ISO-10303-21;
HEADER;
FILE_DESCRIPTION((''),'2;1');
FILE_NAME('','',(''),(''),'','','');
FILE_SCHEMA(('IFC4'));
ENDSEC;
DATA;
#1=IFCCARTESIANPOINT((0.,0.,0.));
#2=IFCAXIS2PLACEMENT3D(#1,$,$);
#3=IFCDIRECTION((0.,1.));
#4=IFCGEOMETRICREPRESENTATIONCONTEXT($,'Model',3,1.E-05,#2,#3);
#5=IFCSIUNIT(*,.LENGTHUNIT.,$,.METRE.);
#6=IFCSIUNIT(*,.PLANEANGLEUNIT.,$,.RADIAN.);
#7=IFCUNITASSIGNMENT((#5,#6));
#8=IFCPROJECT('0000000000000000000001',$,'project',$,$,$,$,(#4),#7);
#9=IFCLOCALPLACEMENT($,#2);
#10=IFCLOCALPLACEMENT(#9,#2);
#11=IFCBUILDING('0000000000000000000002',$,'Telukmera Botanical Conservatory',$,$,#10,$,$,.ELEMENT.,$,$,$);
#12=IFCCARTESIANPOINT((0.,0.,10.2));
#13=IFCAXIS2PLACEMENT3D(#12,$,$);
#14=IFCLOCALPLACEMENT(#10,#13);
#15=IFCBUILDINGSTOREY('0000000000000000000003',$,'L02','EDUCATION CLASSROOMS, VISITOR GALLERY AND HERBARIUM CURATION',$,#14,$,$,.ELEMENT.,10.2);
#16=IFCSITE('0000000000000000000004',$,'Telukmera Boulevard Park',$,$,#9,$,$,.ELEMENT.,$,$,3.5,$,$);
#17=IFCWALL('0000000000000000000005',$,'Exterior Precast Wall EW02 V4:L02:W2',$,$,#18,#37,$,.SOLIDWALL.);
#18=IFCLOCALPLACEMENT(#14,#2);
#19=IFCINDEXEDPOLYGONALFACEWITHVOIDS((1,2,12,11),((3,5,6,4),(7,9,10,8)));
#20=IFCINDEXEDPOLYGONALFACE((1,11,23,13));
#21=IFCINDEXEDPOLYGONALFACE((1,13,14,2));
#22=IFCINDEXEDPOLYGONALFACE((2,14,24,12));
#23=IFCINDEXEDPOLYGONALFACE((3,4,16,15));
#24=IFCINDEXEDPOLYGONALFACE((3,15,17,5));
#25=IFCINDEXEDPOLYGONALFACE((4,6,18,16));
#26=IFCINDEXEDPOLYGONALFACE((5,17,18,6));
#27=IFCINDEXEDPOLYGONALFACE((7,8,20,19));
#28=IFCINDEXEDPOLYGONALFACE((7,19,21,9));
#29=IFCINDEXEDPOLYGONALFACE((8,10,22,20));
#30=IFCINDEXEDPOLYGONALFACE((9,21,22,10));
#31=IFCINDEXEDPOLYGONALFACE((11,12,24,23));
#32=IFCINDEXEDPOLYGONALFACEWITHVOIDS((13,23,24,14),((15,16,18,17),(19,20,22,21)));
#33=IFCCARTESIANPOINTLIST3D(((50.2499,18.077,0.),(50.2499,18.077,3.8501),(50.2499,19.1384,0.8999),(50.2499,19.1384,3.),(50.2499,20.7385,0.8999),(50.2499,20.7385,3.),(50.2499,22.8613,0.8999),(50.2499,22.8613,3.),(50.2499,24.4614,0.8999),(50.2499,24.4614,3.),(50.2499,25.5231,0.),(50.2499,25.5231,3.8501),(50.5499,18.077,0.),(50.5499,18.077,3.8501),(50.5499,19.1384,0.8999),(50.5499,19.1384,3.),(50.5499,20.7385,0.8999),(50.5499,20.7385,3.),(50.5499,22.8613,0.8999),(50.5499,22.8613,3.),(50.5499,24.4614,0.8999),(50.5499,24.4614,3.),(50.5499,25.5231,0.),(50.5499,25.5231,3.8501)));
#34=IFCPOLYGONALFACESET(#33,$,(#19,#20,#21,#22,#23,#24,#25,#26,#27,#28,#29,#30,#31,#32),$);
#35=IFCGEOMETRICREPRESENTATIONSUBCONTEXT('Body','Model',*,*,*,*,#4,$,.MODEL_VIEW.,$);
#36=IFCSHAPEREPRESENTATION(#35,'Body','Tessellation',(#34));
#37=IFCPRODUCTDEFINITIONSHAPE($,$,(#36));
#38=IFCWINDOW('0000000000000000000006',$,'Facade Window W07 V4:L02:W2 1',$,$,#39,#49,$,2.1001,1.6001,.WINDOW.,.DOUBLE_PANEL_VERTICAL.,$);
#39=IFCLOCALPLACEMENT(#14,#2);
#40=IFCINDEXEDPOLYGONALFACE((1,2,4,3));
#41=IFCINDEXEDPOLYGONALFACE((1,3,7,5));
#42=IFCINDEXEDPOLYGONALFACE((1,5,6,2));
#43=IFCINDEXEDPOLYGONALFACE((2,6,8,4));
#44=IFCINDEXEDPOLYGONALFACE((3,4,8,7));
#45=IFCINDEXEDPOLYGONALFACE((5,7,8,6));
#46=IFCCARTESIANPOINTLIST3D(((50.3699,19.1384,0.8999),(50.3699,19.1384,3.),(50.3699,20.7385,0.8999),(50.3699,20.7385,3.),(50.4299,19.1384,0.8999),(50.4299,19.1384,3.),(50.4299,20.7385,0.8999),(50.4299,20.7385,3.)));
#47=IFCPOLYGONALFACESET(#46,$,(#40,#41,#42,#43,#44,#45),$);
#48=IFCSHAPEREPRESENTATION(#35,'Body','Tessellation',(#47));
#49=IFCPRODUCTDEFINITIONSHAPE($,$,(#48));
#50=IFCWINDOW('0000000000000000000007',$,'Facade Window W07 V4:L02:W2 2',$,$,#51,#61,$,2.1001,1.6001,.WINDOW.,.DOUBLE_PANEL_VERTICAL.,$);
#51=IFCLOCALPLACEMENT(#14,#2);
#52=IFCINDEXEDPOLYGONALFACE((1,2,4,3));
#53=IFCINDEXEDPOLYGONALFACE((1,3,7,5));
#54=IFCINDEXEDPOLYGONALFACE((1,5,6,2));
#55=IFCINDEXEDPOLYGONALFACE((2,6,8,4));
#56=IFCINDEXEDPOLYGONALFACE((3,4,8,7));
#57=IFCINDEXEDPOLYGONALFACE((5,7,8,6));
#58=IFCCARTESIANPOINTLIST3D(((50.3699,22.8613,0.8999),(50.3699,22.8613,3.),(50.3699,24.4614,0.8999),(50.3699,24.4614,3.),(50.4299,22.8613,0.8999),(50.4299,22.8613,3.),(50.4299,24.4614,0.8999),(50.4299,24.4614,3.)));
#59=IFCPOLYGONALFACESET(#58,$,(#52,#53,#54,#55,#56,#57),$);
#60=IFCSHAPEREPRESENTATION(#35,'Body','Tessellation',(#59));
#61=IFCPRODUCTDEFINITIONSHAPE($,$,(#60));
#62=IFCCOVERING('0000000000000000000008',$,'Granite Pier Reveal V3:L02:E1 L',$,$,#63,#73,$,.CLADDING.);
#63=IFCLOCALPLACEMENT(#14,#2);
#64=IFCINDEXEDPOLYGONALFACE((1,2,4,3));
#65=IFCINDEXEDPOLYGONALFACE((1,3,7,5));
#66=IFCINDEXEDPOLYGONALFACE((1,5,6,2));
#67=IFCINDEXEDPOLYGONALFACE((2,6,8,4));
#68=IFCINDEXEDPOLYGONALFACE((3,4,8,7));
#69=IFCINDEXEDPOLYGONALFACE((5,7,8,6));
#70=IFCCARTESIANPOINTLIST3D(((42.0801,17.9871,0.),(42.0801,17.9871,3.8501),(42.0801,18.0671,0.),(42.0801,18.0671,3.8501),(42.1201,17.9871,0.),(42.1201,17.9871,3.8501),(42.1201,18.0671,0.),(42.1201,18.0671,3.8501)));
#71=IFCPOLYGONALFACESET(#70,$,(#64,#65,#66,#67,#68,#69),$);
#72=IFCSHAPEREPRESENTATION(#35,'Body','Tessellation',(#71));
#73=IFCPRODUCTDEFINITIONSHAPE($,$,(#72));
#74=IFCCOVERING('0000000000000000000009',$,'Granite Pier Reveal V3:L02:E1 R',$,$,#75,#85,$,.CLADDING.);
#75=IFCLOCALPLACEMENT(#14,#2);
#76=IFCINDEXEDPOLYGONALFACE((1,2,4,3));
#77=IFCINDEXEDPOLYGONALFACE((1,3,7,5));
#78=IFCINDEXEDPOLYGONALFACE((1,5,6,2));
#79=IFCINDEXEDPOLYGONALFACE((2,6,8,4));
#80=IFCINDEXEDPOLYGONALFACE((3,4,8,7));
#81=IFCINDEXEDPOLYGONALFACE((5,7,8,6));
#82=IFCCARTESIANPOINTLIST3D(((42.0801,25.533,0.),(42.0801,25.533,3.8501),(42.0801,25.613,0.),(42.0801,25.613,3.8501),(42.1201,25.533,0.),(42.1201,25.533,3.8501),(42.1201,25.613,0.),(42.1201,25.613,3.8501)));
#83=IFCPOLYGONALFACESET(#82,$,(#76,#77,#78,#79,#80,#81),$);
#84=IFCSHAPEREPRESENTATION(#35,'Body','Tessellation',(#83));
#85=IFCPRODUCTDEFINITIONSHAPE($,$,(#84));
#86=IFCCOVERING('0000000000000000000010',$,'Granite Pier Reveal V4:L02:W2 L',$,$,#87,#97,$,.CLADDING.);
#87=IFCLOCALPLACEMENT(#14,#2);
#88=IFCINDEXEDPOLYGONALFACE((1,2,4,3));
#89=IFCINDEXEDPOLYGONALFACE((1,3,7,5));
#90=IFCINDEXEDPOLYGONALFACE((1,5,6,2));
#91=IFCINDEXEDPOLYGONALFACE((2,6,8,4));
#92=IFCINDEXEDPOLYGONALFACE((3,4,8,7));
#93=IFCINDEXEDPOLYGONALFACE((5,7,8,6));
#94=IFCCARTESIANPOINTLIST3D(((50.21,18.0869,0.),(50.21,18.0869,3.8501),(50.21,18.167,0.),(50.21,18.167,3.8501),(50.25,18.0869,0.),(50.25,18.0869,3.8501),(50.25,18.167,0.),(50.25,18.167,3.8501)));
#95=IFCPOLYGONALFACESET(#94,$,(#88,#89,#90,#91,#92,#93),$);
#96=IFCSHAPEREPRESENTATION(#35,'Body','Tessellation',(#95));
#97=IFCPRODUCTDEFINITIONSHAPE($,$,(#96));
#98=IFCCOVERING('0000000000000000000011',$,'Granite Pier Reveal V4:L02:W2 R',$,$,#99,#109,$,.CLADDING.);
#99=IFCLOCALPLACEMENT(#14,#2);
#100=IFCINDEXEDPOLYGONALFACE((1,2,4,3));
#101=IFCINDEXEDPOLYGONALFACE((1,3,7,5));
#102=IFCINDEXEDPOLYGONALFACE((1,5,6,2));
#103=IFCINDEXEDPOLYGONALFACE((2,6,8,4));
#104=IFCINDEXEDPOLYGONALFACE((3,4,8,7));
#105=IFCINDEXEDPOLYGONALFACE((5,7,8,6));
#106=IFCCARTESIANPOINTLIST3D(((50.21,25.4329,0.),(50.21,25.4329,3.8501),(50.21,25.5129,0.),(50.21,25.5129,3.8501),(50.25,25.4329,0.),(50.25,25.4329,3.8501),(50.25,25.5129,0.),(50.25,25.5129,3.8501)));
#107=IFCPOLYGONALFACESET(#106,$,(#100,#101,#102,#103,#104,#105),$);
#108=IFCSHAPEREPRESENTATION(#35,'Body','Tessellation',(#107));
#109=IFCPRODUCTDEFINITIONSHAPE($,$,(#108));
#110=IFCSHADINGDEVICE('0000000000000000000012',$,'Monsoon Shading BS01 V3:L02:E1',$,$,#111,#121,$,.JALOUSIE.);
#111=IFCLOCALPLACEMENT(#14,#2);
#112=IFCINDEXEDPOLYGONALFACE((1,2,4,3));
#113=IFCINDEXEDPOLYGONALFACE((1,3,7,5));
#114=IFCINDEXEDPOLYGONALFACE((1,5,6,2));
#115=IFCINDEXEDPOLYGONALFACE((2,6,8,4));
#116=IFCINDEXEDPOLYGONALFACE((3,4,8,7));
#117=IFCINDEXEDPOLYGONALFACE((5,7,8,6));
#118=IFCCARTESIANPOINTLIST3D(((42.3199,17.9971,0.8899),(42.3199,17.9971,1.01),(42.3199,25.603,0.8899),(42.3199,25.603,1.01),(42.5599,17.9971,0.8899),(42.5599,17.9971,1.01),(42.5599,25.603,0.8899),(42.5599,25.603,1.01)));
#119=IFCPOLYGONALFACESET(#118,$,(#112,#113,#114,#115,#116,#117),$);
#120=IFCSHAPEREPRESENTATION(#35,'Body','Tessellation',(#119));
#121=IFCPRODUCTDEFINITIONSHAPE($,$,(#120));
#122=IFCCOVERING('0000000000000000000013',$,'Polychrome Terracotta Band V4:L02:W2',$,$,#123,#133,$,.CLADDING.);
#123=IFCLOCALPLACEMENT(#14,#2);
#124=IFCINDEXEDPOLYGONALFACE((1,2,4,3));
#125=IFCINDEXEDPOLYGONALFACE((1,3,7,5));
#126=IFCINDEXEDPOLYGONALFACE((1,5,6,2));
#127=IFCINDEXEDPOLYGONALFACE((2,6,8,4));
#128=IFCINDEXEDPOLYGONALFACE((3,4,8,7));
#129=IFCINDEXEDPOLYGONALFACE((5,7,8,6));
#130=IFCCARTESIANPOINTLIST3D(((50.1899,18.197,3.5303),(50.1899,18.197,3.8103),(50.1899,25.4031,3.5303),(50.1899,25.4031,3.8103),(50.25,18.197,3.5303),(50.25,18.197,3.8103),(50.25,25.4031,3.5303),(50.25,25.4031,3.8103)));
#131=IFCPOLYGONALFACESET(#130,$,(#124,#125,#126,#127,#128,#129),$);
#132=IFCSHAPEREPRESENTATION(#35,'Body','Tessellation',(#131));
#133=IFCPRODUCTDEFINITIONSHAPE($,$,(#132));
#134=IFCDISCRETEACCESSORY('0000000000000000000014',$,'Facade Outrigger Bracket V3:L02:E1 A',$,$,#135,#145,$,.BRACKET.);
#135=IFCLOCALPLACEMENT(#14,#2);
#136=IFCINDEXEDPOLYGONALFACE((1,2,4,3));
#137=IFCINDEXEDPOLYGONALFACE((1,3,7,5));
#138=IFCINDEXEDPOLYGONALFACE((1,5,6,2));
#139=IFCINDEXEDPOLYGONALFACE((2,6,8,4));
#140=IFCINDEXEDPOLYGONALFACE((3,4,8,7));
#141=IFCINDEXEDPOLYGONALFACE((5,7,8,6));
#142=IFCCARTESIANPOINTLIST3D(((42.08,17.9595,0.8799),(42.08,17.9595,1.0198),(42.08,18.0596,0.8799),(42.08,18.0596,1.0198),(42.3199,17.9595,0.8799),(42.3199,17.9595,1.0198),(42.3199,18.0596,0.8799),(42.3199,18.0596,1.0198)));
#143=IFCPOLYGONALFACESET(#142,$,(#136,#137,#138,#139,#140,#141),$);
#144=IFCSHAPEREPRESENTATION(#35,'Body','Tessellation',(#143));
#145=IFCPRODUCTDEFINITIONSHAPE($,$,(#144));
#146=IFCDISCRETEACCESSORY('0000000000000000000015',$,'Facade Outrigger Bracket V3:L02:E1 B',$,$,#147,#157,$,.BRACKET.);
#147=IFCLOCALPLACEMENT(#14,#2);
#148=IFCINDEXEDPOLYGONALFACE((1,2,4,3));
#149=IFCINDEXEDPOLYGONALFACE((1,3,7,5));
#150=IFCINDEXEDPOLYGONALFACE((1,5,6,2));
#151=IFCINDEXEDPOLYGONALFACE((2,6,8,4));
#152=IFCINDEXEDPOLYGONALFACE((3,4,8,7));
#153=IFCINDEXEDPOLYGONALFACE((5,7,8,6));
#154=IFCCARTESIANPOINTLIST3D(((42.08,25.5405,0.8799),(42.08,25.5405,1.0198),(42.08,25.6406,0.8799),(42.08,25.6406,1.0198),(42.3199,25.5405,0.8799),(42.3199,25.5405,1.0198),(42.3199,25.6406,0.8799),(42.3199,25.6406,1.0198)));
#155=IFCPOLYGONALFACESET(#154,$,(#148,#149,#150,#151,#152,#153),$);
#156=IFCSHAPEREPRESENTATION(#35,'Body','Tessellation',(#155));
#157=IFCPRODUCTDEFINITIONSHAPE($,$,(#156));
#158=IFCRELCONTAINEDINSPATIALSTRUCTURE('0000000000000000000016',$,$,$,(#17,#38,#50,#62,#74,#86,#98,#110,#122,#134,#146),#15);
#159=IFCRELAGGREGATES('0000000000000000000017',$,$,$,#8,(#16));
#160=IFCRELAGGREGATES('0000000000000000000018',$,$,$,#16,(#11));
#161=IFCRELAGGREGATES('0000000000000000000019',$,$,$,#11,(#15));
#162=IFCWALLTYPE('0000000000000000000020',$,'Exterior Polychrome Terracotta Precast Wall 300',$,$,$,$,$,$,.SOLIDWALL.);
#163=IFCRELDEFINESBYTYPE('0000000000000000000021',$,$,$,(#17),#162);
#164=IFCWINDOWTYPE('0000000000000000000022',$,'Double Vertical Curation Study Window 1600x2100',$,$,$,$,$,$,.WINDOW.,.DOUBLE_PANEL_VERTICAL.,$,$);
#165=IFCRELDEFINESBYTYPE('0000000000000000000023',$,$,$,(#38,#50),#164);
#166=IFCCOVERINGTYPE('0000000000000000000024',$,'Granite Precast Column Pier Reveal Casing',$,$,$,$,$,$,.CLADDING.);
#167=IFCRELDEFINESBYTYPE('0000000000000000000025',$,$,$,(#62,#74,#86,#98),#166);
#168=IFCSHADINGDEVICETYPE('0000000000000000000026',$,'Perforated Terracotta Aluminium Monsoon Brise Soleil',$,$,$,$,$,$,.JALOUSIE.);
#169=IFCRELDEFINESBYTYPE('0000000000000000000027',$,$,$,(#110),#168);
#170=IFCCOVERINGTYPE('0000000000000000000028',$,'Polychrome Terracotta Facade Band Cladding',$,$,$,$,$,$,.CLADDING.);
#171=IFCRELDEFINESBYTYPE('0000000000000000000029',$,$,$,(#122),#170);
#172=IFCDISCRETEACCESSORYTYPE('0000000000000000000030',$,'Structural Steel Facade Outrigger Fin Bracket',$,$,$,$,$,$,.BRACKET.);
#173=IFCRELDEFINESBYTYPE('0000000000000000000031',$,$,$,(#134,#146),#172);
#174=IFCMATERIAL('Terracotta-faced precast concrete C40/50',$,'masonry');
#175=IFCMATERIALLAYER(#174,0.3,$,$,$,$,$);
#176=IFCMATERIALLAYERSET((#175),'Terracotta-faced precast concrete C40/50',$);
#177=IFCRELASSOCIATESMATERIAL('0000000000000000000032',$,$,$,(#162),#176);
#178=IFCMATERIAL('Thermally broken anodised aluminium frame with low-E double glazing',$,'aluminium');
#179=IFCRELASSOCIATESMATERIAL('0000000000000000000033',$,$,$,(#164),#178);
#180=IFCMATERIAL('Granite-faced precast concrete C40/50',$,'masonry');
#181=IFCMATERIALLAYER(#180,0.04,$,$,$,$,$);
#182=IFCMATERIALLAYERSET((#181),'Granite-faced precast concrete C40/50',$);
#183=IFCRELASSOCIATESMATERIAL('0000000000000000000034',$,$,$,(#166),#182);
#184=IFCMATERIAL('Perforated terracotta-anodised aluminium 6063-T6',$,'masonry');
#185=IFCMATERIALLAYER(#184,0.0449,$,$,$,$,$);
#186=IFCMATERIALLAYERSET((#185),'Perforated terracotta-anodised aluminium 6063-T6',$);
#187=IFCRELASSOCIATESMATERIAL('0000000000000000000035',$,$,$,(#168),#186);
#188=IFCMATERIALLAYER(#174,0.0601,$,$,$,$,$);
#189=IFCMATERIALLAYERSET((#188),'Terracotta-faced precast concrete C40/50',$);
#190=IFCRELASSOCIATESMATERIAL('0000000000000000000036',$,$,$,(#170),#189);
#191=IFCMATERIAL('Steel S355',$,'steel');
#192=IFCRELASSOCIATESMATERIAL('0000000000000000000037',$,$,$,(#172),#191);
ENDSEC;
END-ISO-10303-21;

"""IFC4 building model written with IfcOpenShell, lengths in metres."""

from ifc_helpers import new_model, si_unit, direction, frame, frame_2d, origin, origin_2d, place, context, subcontext, project, spatial, rectangle, extrude, material, layer, layer_set, type_object, element, fill, save


model = new_model("IFC4")

# Units and contexts
model_context = context("Model", 3, precision=1e-05, world=origin(), true_north=direction((0.0, 1.0)))
body_context = subcontext(model_context, "Body", "Model", "MODEL_VIEW")
ifc_project = project(units=[si_unit("LENGTHUNIT", "METRE"), si_unit("PLANEANGLEUNIT", "RADIAN")], contexts=[model_context])

# Site, building, storey
site_placement = place(None, origin())
site = spatial("IfcSite", under=ifc_project, at=site_placement, Name="Telukmera Boulevard Park", CompositionType="ELEMENT", RefElevation=3.5)
building_placement = place(site_placement, origin())
building = spatial("IfcBuilding", under=site, at=building_placement, Name="Telukmera Botanical Conservatory", CompositionType="ELEMENT")
storey_placement = place(building_placement, frame((0.0, 0.0, 10.2)))
storey = spatial("IfcBuildingStorey", under=building, at=storey_placement, Name="L02", Description="EDUCATION CLASSROOMS, VISITOR GALLERY AND HERBARIUM CURATION", CompositionType="ELEMENT", Elevation=10.2)

# Wall, openings, windows
ifc_material_1 = material(Name="Terracotta-faced precast concrete C40/50", Category="masonry")
ifc_layer_1 = layer(ifc_material_1, 0.3)
ifc_layer_set_1 = layer_set([ifc_layer_1], Name="Terracotta-faced precast concrete C40/50")
wall_type = type_object("IfcWallType", Name="Exterior Polychrome Terracotta Precast Wall 300", PredefinedType="SOLIDWALL", material=ifc_layer_set_1)
wall_placement = place(storey_placement, frame((50.3999, 18.0769, 0.0), z_axis=(0.0, 0.0, 1.0), x_axis=(0.0, 1.0, 0.0)))
wall = element("IfcWall", 1, at=wall_placement, inside=storey, type_object=wall_type, Name="Exterior Precast Wall EW02 V4:L02:W2", PredefinedType="SOLIDWALL", context=body_context, shape_type="SweptSolid", body=[
    extrude(rectangle(XDim=7.446, YDim=0.3, at=frame_2d((3.7231, 0.0))), origin(), (0.0, 0.0, 1.0), 3.8501),
])
opening_1_placement = place(wall_placement, frame((1.0615, 0.0, 0.8999)))
opening_1 = element("IfcOpeningElement", 2, at=opening_1_placement, cuts=wall, PredefinedType="OPENING", context=body_context, shape_type="SweptSolid", body=[
    extrude(rectangle(XDim=1.6001, YDim=2.1001, at=frame_2d((0.8, 1.05))), frame((0.0, 0.1599, 0.0), z_axis=(0.0, -1.0, 0.0), x_axis=(1.0, 0.0, 0.0)), (0.0, 0.0, 1.0), 0.3201),
])
opening_2_placement = place(wall_placement, frame((4.7844, 0.0, 0.8999)))
opening_2 = element("IfcOpeningElement", 3, at=opening_2_placement, cuts=wall, PredefinedType="OPENING", context=body_context, shape_type="SweptSolid", body=[
    extrude(rectangle(XDim=1.6001, YDim=2.1001, at=frame_2d((0.8, 1.05))), frame((0.0, 0.1599, 0.0), z_axis=(0.0, -1.0, 0.0), x_axis=(1.0, 0.0, 0.0)), (0.0, 0.0, 1.0), 0.3201),
])
ifc_material_2 = material(Name="Thermally broken anodised aluminium frame with low-E double glazing", Category="aluminium")
window_type = type_object("IfcWindowType", Name="Double Vertical Curation Study Window 1600x2100", PartitioningType="DOUBLE_PANEL_VERTICAL", PredefinedType="WINDOW", material=ifc_material_2)
window_1_placement = place(opening_1_placement, origin())
window_1 = element("IfcWindow", 4, at=window_1_placement, inside=storey, type_object=window_type, Name="Facade Window W07 V4:L02:W2 1", OverallHeight=2.1001, OverallWidth=1.6001, PartitioningType="DOUBLE_PANEL_VERTICAL", PredefinedType="WINDOW", context=body_context, shape_type="SweptSolid", body=[
    extrude(rectangle(XDim=1.6001, YDim=2.1001, at=frame_2d((0.8, 1.05))), frame((0.0, 0.03, 0.0), z_axis=(0.0, -1.0, 0.0), x_axis=(1.0, 0.0, 0.0)), (0.0, 0.0, 1.0), 0.0601),
])
fill(opening_1, window_1)
window_2_placement = place(opening_2_placement, origin())
window_2 = element("IfcWindow", 5, at=window_2_placement, inside=storey, type_object=window_type, Name="Facade Window W07 V4:L02:W2 2", OverallHeight=2.1001, OverallWidth=1.6001, PartitioningType="DOUBLE_PANEL_VERTICAL", PredefinedType="WINDOW", context=body_context, shape_type="SweptSolid", body=[
    extrude(rectangle(XDim=1.6001, YDim=2.1001, at=frame_2d((0.8, 1.05))), frame((0.0, 0.03, 0.0), z_axis=(0.0, -1.0, 0.0), x_axis=(1.0, 0.0, 0.0)), (0.0, 0.0, 1.0), 0.0601),
])
fill(opening_2, window_2)

# Coverings
ifc_material_3 = material(Name="Granite-faced precast concrete C40/50", Category="masonry")
ifc_layer_2 = layer(ifc_material_3, 0.04)
ifc_layer_set_2 = layer_set([ifc_layer_2], Name="Granite-faced precast concrete C40/50")
covering_type_1 = type_object("IfcCoveringType", Name="Granite Precast Column Pier Reveal Casing", PredefinedType="CLADDING", material=ifc_layer_set_2)
for number, where, z_axis, x_axis, name in (
    (6, (42.1001, 18.0271, 0.0), (0.0, 0.0, 1.0), (0.0, 1.0, 0.0), "Granite Pier Reveal V3:L02:E1 L"),
    (7, (42.1001, 25.573, 0.0), (0.0, 0.0, 1.0), (0.0, 1.0, 0.0), "Granite Pier Reveal V3:L02:E1 R"),
    (8, (50.23, 18.127, 0.0), (0.0, 0.0, 1.0), (0.0, 1.0, 0.0), "Granite Pier Reveal V4:L02:W2 L"),
    (9, (50.23, 25.4729, 0.0), (0.0, 0.0, 1.0), (0.0, 1.0, 0.0), "Granite Pier Reveal V4:L02:W2 R"),
):
    element("IfcCovering", number, at=place(storey_placement, frame(where, z_axis=z_axis, x_axis=x_axis)), inside=storey, type_object=covering_type_1, Name=name, PredefinedType="CLADDING", context=body_context, shape_type="SweptSolid", body=[
        extrude(rectangle(XDim=0.0801, YDim=0.04, at=origin_2d()), origin(), (0.0, 0.0, 1.0), 3.8501),
    ])

# Shading device
ifc_material_4 = material(Name="Perforated terracotta-anodised aluminium 6063-T6", Category="masonry")
ifc_layer_3 = layer(ifc_material_4, 0.0449)
ifc_layer_set_3 = layer_set([ifc_layer_3], Name="Perforated terracotta-anodised aluminium 6063-T6")
shading_device_type = type_object("IfcShadingDeviceType", Name="Perforated Terracotta Aluminium Monsoon Brise Soleil", PredefinedType="JALOUSIE", material=ifc_layer_set_3)
shading_device_placement = place(storey_placement, frame((42.4399, 21.8, 0.8899), z_axis=(0.0, 0.0, 1.0), x_axis=(0.0, 1.0, 0.0)))
element("IfcShadingDevice", 10, at=shading_device_placement, inside=storey, type_object=shading_device_type, Name="Monsoon Shading BS01 V3:L02:E1", PredefinedType="JALOUSIE", context=body_context, shape_type="SweptSolid", body=[
    extrude(rectangle(XDim=7.606, YDim=0.24, at=origin_2d()), origin(), (0.0, 0.0, 1.0), 0.1201),
])

# Covering
ifc_layer_4 = layer(ifc_material_1, 0.0601)
ifc_layer_set_4 = layer_set([ifc_layer_4], Name="Terracotta-faced precast concrete C40/50")
covering_type_2 = type_object("IfcCoveringType", Name="Polychrome Terracotta Facade Band Cladding", PredefinedType="CLADDING", material=ifc_layer_set_4)
covering_placement = place(storey_placement, frame((50.22, 21.8, 3.5303), z_axis=(0.0, 0.0, 1.0), x_axis=(0.0, 1.0, 0.0)))
element("IfcCovering", 11, at=covering_placement, inside=storey, type_object=covering_type_2, Name="Polychrome Terracotta Band V4:L02:W2", PredefinedType="CLADDING", context=body_context, shape_type="SweptSolid", body=[
    extrude(rectangle(XDim=7.2061, YDim=0.0601, at=origin_2d()), origin(), (0.0, 0.0, 1.0), 0.28),
])

# Discrete accessories
ifc_material_5 = material(Name="Steel S355", Category="steel")
discrete_accessory_type = type_object("IfcDiscreteAccessoryType", Name="Structural Steel Facade Outrigger Fin Bracket", PredefinedType="BRACKET", material=ifc_material_5)
for number, where, z_axis, x_axis, name in (
    (12, (42.2, 18.0095, 0.8799), (0.0, 0.0, 1.0), (0.0, 1.0, 0.0), "Facade Outrigger Bracket V3:L02:E1 A"),
    (13, (42.2, 25.5906, 0.8799), (0.0, 0.0, 1.0), (0.0, 1.0, 0.0), "Facade Outrigger Bracket V3:L02:E1 B"),
):
    element("IfcDiscreteAccessory", number, at=place(storey_placement, frame(where, z_axis=z_axis, x_axis=x_axis)), inside=storey, type_object=discrete_accessory_type, Name=name, PredefinedType="BRACKET", context=body_context, shape_type="SweptSolid", body=[
        extrude(rectangle(XDim=0.1001, YDim=0.24, at=origin_2d()), origin(), (0.0, 0.0, 1.0), 0.1399),
    ])

save(model, "model.ifc")
